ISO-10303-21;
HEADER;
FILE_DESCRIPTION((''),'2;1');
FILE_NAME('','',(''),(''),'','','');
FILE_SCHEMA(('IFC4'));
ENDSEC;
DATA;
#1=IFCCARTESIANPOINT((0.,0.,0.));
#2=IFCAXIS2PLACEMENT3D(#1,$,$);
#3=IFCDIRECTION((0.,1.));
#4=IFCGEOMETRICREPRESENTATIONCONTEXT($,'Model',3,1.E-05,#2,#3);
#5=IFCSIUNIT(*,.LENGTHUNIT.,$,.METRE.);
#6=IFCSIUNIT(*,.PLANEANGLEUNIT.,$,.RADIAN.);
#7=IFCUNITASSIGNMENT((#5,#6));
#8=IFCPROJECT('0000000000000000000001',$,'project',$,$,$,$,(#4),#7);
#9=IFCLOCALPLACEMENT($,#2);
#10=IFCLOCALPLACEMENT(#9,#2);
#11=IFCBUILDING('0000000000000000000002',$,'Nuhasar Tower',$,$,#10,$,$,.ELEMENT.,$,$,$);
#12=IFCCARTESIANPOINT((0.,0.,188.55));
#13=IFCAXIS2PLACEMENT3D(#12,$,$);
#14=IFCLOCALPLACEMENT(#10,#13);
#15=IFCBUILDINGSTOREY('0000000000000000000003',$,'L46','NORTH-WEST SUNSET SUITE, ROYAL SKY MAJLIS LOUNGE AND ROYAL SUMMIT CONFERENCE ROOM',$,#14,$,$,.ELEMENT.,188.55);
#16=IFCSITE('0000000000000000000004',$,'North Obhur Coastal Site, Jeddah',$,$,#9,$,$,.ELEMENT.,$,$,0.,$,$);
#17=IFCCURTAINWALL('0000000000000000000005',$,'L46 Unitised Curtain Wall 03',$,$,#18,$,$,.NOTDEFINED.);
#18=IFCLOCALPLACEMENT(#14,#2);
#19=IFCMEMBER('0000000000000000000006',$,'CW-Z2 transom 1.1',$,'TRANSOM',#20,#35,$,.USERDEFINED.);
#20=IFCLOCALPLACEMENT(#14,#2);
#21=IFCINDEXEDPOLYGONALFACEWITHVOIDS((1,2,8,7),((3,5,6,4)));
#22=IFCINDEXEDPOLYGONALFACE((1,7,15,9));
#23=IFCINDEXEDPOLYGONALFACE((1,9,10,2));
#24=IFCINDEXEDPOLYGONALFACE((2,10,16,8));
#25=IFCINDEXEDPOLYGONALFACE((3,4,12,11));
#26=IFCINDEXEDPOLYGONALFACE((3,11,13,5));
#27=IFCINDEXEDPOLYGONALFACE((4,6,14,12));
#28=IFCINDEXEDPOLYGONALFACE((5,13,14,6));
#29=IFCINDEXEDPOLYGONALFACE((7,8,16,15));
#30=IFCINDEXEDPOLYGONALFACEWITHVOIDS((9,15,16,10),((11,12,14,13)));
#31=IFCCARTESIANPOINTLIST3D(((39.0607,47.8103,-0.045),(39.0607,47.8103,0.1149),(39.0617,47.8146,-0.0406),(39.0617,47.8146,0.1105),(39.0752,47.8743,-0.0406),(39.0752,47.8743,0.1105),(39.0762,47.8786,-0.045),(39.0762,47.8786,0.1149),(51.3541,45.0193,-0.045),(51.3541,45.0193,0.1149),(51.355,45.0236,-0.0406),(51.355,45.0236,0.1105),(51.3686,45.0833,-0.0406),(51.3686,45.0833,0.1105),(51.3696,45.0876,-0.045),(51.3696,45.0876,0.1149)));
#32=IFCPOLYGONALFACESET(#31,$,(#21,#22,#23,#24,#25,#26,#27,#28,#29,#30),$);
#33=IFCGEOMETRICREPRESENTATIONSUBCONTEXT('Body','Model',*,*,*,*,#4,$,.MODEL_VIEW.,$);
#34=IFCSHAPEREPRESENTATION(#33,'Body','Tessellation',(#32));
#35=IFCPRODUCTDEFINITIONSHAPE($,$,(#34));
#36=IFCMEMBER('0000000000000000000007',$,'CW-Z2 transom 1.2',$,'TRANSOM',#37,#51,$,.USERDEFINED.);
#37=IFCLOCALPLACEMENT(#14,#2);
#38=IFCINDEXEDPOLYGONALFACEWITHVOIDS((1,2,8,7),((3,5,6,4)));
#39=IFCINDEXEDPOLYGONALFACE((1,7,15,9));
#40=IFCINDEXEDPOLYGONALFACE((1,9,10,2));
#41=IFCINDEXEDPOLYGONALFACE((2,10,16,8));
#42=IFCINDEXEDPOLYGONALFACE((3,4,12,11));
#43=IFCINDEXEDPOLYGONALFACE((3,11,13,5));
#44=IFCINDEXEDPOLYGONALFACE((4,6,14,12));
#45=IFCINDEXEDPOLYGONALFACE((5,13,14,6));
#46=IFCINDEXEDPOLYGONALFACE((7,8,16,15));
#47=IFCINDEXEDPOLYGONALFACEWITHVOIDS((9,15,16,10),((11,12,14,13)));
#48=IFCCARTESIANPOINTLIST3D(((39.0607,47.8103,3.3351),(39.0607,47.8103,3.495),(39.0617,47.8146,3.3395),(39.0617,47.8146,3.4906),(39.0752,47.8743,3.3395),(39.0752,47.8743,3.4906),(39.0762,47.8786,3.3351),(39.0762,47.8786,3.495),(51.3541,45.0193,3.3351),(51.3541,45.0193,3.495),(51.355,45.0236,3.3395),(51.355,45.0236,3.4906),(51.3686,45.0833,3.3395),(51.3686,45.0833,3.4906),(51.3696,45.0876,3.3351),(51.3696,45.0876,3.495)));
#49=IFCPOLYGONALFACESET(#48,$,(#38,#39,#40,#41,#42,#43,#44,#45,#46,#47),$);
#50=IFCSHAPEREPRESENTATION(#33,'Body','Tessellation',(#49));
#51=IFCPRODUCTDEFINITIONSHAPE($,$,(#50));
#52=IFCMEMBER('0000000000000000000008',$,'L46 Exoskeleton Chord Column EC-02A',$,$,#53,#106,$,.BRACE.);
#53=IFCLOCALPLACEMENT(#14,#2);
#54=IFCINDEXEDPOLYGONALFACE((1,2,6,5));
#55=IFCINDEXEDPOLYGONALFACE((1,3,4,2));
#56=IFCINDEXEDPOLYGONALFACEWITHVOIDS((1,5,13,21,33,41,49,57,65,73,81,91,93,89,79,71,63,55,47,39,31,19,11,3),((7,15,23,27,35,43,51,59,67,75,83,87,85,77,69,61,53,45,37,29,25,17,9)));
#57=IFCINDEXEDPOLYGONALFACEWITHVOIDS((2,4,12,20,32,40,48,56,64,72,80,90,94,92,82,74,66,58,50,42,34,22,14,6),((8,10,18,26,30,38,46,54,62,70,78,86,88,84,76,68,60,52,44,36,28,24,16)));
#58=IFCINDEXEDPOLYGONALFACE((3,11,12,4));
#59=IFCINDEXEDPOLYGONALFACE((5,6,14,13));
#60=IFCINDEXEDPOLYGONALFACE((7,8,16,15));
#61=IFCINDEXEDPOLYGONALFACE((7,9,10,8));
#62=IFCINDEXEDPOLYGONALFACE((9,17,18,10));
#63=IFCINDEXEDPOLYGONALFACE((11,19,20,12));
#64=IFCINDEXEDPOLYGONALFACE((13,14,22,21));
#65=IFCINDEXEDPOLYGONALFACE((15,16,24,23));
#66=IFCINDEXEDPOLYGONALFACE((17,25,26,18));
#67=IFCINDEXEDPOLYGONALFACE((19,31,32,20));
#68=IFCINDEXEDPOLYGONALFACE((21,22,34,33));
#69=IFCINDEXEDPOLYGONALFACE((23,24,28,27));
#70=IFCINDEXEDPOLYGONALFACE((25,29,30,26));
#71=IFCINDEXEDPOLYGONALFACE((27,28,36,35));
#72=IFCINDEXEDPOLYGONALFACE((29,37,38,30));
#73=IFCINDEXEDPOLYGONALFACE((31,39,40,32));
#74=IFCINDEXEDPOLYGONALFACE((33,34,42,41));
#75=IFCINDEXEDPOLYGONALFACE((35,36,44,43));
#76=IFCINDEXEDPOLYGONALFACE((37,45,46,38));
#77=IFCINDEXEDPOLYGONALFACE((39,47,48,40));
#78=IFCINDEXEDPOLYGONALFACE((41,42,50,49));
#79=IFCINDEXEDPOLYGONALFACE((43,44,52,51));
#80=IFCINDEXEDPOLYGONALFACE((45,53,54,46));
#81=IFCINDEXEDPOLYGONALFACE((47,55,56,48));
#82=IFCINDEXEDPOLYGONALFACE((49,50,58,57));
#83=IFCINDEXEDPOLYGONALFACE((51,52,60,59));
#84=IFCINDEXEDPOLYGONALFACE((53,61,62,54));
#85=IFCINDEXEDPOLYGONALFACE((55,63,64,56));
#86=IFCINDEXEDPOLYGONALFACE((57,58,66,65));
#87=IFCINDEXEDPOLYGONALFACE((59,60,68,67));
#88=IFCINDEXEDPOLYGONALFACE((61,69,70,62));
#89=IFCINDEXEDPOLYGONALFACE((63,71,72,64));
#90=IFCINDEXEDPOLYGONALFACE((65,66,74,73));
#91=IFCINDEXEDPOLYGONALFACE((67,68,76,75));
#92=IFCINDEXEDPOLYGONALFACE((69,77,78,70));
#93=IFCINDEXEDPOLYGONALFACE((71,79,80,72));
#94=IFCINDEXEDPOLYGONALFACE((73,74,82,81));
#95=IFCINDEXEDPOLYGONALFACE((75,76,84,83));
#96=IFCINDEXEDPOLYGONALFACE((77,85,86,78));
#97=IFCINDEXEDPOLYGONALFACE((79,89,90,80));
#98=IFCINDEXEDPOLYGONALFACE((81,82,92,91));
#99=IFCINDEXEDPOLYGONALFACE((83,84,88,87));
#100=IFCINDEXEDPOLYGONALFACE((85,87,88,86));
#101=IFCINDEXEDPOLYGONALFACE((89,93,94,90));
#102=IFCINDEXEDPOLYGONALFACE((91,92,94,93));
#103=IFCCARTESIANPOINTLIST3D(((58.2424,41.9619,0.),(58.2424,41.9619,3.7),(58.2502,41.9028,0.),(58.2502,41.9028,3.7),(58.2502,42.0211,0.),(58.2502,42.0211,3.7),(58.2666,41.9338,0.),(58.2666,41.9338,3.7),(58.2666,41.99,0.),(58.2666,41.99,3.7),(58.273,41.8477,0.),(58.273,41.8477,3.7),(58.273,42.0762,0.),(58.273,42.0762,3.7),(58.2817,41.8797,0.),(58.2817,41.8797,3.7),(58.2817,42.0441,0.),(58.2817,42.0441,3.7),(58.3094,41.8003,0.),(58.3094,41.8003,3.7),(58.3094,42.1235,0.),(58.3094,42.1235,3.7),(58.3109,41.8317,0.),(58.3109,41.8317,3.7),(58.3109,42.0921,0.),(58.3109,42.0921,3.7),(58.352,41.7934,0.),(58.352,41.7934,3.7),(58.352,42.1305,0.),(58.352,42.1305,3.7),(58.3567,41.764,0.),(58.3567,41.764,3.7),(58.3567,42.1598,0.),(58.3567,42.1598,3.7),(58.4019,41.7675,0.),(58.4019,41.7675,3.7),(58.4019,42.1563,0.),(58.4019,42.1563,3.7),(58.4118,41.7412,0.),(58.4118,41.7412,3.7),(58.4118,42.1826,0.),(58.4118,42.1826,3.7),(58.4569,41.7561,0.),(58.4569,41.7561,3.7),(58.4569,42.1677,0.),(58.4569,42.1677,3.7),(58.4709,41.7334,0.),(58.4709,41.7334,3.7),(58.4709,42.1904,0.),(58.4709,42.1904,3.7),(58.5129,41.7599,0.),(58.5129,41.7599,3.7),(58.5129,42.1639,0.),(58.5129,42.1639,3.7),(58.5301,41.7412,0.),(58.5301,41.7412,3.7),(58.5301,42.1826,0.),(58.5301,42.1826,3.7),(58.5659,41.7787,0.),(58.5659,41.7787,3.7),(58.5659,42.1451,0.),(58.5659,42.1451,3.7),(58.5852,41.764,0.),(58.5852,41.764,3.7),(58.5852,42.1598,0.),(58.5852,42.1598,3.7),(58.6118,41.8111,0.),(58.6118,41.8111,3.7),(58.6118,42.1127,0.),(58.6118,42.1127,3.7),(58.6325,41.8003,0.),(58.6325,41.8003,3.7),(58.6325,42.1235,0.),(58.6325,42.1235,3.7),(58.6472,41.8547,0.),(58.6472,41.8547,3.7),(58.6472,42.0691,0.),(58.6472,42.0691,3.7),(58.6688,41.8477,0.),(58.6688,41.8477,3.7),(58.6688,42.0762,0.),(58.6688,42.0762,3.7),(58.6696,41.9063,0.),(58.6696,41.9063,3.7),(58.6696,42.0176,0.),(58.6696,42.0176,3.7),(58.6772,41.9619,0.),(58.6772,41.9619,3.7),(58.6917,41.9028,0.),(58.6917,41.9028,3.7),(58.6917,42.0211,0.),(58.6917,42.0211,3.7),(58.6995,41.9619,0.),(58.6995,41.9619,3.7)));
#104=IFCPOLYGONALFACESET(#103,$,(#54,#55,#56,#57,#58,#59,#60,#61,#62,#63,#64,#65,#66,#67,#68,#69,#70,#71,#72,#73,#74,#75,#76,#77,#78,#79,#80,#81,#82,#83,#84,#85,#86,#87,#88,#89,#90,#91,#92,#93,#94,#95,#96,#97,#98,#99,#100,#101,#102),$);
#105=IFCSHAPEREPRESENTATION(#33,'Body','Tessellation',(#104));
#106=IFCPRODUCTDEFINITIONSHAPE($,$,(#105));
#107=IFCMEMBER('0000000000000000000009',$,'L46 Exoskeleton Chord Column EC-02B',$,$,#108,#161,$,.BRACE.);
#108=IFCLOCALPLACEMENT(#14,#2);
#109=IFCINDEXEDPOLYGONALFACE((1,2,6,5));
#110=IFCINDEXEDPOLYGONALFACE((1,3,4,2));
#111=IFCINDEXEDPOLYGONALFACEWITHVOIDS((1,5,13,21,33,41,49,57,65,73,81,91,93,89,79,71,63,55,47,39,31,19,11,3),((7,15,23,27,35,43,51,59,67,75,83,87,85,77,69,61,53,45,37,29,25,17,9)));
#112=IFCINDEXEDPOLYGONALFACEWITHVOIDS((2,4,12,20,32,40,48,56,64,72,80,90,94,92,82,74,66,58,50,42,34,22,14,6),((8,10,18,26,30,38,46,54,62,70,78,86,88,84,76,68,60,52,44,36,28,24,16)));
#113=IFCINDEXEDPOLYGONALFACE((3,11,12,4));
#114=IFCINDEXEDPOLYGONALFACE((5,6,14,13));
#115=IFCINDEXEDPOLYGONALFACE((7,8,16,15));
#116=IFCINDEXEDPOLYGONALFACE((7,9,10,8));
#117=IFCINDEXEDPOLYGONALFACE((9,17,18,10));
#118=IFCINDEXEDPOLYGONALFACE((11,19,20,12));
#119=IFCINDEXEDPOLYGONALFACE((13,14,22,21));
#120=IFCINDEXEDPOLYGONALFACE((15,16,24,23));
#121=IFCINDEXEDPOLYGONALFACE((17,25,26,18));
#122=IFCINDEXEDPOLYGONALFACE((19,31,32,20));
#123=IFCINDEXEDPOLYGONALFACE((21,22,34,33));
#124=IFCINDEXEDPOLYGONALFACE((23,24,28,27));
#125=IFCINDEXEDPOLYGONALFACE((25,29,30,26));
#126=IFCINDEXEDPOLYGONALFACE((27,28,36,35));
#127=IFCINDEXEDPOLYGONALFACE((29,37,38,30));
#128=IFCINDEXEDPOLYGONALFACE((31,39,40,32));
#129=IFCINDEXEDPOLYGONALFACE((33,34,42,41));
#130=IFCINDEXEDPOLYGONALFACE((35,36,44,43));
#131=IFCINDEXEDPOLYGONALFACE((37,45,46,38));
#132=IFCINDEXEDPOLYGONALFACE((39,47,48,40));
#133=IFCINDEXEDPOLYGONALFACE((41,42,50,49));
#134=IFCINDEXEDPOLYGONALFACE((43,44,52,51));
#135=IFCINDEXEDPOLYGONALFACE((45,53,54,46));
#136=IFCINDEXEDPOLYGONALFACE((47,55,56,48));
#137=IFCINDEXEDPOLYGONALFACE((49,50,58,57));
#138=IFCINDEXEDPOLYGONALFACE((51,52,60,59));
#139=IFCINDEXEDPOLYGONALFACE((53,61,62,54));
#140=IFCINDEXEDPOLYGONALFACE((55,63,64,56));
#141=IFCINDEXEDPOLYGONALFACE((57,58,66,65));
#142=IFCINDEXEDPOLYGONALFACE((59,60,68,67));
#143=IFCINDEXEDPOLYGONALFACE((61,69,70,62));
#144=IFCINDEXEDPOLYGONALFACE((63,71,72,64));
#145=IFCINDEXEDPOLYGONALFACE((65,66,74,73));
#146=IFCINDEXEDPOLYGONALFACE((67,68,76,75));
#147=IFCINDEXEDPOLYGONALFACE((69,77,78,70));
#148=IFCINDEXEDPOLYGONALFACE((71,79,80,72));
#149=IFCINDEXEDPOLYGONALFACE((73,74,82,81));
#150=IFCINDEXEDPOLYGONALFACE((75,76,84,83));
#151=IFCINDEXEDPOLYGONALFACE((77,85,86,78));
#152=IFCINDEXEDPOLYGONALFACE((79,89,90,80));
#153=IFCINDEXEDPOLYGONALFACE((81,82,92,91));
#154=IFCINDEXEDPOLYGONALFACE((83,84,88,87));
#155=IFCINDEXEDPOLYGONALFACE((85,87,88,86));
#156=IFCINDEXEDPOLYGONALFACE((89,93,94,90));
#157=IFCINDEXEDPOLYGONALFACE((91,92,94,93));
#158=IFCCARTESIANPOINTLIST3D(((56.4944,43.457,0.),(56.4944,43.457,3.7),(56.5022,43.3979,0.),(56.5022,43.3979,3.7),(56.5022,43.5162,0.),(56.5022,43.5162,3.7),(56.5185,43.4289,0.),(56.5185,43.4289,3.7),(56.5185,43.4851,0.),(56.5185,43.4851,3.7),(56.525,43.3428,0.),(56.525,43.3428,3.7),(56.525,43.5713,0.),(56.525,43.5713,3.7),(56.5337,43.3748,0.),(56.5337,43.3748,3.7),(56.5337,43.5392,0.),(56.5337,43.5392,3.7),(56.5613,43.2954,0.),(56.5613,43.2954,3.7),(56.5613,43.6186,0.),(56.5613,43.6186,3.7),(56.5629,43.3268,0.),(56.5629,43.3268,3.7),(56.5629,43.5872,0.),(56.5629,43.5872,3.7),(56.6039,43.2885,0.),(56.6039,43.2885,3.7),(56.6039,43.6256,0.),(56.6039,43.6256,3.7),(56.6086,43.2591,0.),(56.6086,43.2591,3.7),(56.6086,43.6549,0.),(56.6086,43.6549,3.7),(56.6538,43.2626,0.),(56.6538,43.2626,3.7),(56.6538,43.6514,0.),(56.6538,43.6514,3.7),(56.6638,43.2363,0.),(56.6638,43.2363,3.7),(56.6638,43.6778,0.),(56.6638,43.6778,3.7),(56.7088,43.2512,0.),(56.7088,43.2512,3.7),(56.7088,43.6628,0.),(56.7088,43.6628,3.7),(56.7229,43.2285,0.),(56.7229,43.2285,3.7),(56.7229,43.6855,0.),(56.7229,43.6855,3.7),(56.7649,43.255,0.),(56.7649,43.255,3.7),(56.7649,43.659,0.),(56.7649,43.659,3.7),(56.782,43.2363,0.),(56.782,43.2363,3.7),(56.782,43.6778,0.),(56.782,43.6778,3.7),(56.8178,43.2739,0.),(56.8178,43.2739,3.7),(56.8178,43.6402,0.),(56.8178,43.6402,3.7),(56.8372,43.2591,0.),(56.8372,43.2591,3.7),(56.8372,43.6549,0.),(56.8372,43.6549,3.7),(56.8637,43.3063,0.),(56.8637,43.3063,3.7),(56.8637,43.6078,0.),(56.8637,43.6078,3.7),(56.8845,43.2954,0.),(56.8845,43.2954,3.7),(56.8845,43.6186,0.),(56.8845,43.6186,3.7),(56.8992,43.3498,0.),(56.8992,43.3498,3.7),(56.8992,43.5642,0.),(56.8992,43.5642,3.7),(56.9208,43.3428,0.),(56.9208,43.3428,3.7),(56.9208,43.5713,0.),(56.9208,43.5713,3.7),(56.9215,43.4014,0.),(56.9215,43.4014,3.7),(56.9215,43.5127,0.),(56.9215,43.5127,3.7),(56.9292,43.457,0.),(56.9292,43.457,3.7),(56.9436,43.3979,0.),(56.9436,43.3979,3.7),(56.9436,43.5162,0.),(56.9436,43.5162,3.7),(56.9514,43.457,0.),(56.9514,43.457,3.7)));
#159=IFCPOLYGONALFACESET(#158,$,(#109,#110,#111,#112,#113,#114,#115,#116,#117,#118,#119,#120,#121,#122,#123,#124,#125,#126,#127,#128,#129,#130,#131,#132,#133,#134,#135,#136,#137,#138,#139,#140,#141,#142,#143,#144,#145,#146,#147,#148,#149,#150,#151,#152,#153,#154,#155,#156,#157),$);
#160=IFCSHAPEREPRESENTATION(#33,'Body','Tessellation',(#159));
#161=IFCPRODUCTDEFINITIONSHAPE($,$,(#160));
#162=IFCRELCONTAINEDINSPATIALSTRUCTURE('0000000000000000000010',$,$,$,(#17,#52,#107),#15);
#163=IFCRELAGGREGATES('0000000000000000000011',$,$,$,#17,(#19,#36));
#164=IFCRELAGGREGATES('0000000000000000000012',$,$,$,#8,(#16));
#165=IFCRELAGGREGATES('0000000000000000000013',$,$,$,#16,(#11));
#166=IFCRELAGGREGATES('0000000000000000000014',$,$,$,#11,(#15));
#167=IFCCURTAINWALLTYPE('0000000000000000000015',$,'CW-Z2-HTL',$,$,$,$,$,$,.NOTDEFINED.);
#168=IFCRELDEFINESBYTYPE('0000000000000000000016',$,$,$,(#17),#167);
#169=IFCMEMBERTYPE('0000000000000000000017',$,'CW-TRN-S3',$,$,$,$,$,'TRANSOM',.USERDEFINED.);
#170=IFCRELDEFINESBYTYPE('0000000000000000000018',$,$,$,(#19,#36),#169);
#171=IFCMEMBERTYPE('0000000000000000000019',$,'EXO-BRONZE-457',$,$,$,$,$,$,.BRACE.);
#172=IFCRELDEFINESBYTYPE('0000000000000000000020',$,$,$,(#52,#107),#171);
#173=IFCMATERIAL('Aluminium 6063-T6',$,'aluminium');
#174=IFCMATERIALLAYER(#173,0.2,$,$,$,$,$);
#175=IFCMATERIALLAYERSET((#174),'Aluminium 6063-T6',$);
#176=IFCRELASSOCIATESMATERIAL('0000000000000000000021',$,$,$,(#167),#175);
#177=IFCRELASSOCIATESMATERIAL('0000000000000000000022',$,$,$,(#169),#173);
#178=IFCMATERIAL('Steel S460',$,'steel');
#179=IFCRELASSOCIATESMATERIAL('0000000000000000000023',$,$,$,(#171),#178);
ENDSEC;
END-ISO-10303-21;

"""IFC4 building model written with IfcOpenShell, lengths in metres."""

from ifc_helpers import new_model, si_unit, direction, frame, origin, origin_2d, place, context, subcontext, project, spatial, hollow_rectangle, hollow_circle, extrude, material, layer, layer_set, material_profile, profile_set, type_object, element, aggregate, save


model = new_model("IFC4")

# Units and contexts
model_context = context("Model", 3, precision=1e-05, world=origin(), true_north=direction((0.0, 1.0)))
body_context = subcontext(model_context, "Body", "Model", "MODEL_VIEW")
ifc_project = project(units=[si_unit("LENGTHUNIT", "METRE"), si_unit("PLANEANGLEUNIT", "RADIAN")], contexts=[model_context])

# Site, building, storey
site_placement = place(None, origin())
site = spatial("IfcSite", under=ifc_project, at=site_placement, Name="North Obhur Coastal Site, Jeddah", CompositionType="ELEMENT", RefElevation=0.0)
building_placement = place(site_placement, origin())
building = spatial("IfcBuilding", under=site, at=building_placement, Name="Nuhasar Tower", CompositionType="ELEMENT")
storey_placement = place(building_placement, frame((0.0, 0.0, 188.55)))
storey = spatial("IfcBuildingStorey", under=building, at=storey_placement, Name="L46", Description="NORTH-WEST SUNSET SUITE, ROYAL SKY MAJLIS LOUNGE AND ROYAL SUMMIT CONFERENCE ROOM", CompositionType="ELEMENT", Elevation=188.55)

# Shared definitions
ifc_material_1 = material(Name="Aluminium 6063-T6", Category="aluminium")
ifc_layer_1 = layer(ifc_material_1, 0.2)
ifc_layer_set_1 = layer_set([ifc_layer_1], Name="Aluminium 6063-T6")
curtain_wall_type = type_object("IfcCurtainWallType", Name="CW-Z2-HTL", PredefinedType="NOTDEFINED", material=ifc_layer_set_1)

# Curtain wall
curtain_wall_1_placement = place(storey_placement, origin())
curtain_wall_1 = element("IfcCurtainWall", 1, at=curtain_wall_1_placement, inside=storey, type_object=curtain_wall_type, Name="L46 Unitised Curtain Wall 03", PredefinedType="NOTDEFINED")

# Members
ifc_material_profile_1 = material_profile(ifc_material_1, hollow_rectangle(XDim=0.0701, YDim=0.1599, WallThickness=0.0044, at=origin_2d()), Name="CWT-3")
ifc_profile_set_1 = profile_set([ifc_material_profile_1], Name="Aluminium 6063-T6")
member_type_1 = type_object("IfcMemberType", Name="CW-TRN-S3", ElementType="TRANSOM", PredefinedType="USERDEFINED", material=ifc_profile_set_1)
member_1_placement = place(storey_placement, frame((51.3618, 45.0535, 0.0349), z_axis=(-0.975183, 0.221398, 0.0), x_axis=(-0.221398, -0.975183, 0.0)))
member_1 = element("IfcMember", 2, at=member_1_placement, type_object=member_type_1, Name="CW-Z2 transom 1.1", ObjectType="TRANSOM", PredefinedType="USERDEFINED", context=body_context, shape_type="SweptSolid", body=[
    extrude(hollow_rectangle(XDim=0.0701, YDim=0.1599, WallThickness=0.0044, at=origin_2d()), origin(), (0.0, 0.0, 1.0), 12.6062),
])
member_2_placement = place(storey_placement, frame((51.3618, 45.0535, 3.415), z_axis=(-0.975183, 0.221398, 0.0), x_axis=(-0.221398, -0.975183, 0.0)))
member_2 = element("IfcMember", 3, at=member_2_placement, type_object=member_type_1, Name="CW-Z2 transom 1.2", ObjectType="TRANSOM", PredefinedType="USERDEFINED", context=body_context, shape_type="SweptSolid", body=[
    extrude(hollow_rectangle(XDim=0.0701, YDim=0.1599, WallThickness=0.0044, at=origin_2d()), origin(), (0.0, 0.0, 1.0), 12.6062),
])
aggregate(curtain_wall_1, [member_1, member_2])

# Members
ifc_material_2 = material(Name="Steel S460", Category="steel")
ifc_material_profile_2 = material_profile(ifc_material_2, hollow_circle(Radius=0.2285, WallThickness=0.0222, at=origin_2d()), Name="HSS457X22.2")
ifc_profile_set_2 = profile_set([ifc_material_profile_2], Name="Steel S460")
member_type_2 = type_object("IfcMemberType", Name="EXO-BRONZE-457", PredefinedType="BRACE", material=ifc_profile_set_2)
for number, where, z_axis, x_axis, name in (
    (4, (58.4709, 41.9619, 0.0), (0.0, 0.0, 1.0), (1.0, 0.0, 0.0), "L46 Exoskeleton Chord Column EC-02A"),
    (5, (56.7229, 43.457, 0.0), (0.0, 0.0, 1.0), (1.0, 0.0, 0.0), "L46 Exoskeleton Chord Column EC-02B"),
):
    element("IfcMember", number, at=place(storey_placement, frame(where, z_axis=z_axis, x_axis=x_axis)), inside=storey, type_object=member_type_2, Name=name, PredefinedType="BRACE", context=body_context, shape_type="SweptSolid", body=[
        extrude(hollow_circle(Radius=0.2285, WallThickness=0.0222, at=origin_2d()), origin(), (0.0, 0.0, 1.0), 3.7),
    ])

save(model, "model.ifc")
